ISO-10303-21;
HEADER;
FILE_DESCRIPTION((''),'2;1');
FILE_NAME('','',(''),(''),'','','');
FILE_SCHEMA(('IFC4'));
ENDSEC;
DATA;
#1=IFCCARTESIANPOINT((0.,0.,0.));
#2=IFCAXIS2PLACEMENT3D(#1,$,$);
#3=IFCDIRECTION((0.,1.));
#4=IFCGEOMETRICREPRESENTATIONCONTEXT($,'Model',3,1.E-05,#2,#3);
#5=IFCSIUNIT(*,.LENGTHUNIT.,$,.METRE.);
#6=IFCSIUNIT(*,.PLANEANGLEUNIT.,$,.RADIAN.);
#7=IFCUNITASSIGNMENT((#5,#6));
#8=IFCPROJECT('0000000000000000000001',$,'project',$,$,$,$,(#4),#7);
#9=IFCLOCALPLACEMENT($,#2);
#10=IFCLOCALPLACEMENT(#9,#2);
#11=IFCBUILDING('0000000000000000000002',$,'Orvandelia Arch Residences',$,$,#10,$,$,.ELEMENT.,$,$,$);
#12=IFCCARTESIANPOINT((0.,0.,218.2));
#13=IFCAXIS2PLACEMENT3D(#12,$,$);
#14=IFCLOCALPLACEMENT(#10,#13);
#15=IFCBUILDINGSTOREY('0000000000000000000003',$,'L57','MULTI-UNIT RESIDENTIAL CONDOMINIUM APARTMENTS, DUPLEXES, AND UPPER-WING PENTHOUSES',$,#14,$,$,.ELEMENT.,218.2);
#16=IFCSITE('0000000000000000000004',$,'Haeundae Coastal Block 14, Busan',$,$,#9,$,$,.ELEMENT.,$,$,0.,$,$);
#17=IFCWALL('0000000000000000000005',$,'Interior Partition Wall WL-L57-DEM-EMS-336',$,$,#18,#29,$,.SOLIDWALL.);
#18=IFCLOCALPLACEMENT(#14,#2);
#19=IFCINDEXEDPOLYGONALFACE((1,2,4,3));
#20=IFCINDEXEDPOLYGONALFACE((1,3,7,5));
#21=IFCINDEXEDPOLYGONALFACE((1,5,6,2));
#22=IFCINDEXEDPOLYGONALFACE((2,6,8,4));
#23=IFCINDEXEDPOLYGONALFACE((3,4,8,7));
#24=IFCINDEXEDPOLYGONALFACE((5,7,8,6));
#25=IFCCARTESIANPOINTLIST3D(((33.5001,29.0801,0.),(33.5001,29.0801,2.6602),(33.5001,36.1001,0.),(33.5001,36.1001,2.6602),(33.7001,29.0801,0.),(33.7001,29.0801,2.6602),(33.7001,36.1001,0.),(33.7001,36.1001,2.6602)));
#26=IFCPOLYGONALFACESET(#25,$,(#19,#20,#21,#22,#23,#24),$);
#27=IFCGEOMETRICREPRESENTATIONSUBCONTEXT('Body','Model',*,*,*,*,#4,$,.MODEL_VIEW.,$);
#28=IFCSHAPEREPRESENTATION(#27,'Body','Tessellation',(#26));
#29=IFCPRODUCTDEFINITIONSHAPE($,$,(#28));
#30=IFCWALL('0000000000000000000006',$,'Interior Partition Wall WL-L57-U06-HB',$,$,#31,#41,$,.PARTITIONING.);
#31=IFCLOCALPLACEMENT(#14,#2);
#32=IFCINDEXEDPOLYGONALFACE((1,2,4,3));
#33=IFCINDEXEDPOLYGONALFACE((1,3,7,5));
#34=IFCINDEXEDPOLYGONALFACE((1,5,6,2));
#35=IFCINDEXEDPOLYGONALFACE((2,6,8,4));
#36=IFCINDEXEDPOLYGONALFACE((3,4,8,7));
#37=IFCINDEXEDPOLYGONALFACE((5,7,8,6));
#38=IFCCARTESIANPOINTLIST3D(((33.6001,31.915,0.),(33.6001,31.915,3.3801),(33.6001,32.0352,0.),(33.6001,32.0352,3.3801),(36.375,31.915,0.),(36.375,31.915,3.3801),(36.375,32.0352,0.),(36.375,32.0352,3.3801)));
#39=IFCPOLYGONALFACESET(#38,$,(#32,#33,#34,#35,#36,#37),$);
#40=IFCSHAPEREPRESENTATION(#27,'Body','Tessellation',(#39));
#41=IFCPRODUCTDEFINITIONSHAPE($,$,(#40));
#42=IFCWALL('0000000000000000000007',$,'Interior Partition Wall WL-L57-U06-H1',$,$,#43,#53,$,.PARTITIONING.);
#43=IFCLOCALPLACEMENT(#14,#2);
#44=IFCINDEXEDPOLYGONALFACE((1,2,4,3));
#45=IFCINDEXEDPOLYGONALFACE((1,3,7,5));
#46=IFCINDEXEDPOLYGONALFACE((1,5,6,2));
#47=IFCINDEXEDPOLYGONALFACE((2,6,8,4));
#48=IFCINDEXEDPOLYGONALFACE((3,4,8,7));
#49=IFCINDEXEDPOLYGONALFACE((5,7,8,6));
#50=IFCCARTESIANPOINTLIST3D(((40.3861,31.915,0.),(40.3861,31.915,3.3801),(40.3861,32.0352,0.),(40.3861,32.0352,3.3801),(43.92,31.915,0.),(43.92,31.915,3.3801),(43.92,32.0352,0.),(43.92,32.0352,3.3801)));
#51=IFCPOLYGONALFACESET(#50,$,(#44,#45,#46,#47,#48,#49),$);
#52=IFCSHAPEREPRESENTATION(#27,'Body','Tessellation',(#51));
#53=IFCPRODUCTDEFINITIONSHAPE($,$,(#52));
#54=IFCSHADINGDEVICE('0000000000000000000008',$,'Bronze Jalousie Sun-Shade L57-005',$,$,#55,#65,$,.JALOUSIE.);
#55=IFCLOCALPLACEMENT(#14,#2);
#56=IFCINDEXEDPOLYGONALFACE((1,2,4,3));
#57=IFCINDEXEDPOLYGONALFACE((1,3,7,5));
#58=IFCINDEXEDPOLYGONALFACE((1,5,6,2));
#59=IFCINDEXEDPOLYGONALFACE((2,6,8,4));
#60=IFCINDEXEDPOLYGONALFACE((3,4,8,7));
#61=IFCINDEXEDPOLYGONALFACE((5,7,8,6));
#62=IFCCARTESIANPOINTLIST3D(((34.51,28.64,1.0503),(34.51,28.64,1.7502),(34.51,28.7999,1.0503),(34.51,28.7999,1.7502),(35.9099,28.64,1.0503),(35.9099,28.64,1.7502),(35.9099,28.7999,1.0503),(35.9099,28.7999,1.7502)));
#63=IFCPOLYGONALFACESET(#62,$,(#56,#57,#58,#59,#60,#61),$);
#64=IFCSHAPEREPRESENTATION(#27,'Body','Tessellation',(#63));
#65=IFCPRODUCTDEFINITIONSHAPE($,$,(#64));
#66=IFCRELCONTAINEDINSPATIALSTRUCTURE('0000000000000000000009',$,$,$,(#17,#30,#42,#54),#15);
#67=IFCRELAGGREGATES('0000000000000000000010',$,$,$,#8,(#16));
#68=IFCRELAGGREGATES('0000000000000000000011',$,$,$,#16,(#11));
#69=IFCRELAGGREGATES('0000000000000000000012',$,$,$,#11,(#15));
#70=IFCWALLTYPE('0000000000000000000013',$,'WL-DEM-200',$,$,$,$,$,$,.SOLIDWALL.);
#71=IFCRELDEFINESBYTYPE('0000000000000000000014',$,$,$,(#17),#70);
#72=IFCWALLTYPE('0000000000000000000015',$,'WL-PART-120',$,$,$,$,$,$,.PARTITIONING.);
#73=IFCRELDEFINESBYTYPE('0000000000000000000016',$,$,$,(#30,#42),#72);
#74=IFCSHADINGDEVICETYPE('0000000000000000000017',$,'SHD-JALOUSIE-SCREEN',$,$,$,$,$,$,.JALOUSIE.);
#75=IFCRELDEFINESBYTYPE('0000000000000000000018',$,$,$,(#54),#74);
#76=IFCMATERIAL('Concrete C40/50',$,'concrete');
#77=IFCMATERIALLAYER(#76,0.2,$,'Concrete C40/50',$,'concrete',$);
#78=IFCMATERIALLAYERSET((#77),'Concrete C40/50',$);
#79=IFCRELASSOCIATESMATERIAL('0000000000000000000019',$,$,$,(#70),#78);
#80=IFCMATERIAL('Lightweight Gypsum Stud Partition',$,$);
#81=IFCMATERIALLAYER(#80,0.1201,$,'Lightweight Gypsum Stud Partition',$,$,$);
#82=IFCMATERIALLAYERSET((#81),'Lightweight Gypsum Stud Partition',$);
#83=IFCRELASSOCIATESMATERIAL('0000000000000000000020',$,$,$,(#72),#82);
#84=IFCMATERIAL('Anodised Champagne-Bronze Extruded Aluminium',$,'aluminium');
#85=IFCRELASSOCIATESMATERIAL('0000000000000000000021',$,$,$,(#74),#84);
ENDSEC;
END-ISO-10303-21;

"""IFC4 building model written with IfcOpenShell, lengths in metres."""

from ifc_helpers import new_model, si_unit, direction, frame, frame_2d, origin, origin_2d, place, context, subcontext, project, spatial, rectangle, extrude, material, layer, layer_set, type_object, element, save


model = new_model("IFC4")

# Units and contexts
model_context = context("Model", 3, precision=1e-05, world=origin(), true_north=direction((0.0, 1.0)))
body_context = subcontext(model_context, "Body", "Model", "MODEL_VIEW")
ifc_project = project(units=[si_unit("LENGTHUNIT", "METRE"), si_unit("PLANEANGLEUNIT", "RADIAN")], contexts=[model_context])

# Site, building, storey
site_placement = place(None, origin())
site = spatial("IfcSite", under=ifc_project, at=site_placement, Name="Haeundae Coastal Block 14, Busan", CompositionType="ELEMENT", RefElevation=0.0)
building_placement = place(site_placement, origin())
building = spatial("IfcBuilding", under=site, at=building_placement, Name="Orvandelia Arch Residences", CompositionType="ELEMENT")
storey_placement = place(building_placement, frame((0.0, 0.0, 218.2)))
storey = spatial("IfcBuildingStorey", under=building, at=storey_placement, Name="L57", Description="MULTI-UNIT RESIDENTIAL CONDOMINIUM APARTMENTS, DUPLEXES, AND UPPER-WING PENTHOUSES", CompositionType="ELEMENT", Elevation=218.2)

# Wall
ifc_material_1 = material(Name="Concrete C40/50", Category="concrete")
ifc_layer_1 = layer(ifc_material_1, 0.2, Name="Concrete C40/50", Category="concrete")
ifc_layer_set_1 = layer_set([ifc_layer_1], Name="Concrete C40/50")
wall_type_1 = type_object("IfcWallType", Name="WL-DEM-200", PredefinedType="SOLIDWALL", material=ifc_layer_set_1)
wall_1_placement = place(storey_placement, frame((33.6001, 29.0801, 0.0), z_axis=(0.0, 0.0, 1.0), x_axis=(0.0, 1.0, 0.0)))
element("IfcWall", 1, at=wall_1_placement, inside=storey, type_object=wall_type_1, Name="Interior Partition Wall WL-L57-DEM-EMS-336", PredefinedType="SOLIDWALL", context=body_context, shape_type="SweptSolid", body=[
    extrude(rectangle(XDim=7.02, YDim=0.2, at=frame_2d((3.51, 0.0))), origin(), (0.0, 0.0, 1.0), 2.6602),
])

# Shared definitions
ifc_material_2 = material(Name="Lightweight Gypsum Stud Partition")
ifc_layer_2 = layer(ifc_material_2, 0.1201, Name="Lightweight Gypsum Stud Partition")
ifc_layer_set_2 = layer_set([ifc_layer_2], Name="Lightweight Gypsum Stud Partition")
wall_type_2 = type_object("IfcWallType", Name="WL-PART-120", PredefinedType="PARTITIONING", material=ifc_layer_set_2)

# Walls
wall_2_placement = place(storey_placement, frame((33.6001, 31.9751, 0.0), z_axis=(0.0, 0.0, 1.0), x_axis=(1.0, 0.0, 0.0)))
element("IfcWall", 2, at=wall_2_placement, inside=storey, type_object=wall_type_2, Name="Interior Partition Wall WL-L57-U06-HB", PredefinedType="PARTITIONING", context=body_context, shape_type="SweptSolid", body=[
    extrude(rectangle(XDim=2.7749, YDim=0.1201, at=frame_2d((1.3875, 0.0))), origin(), (0.0, 0.0, 1.0), 3.3801),
])
wall_3_placement = place(storey_placement, frame((40.386, 31.9751, 0.0), z_axis=(0.0, 0.0, 1.0), x_axis=(1.0, 0.0, 0.0)))
element("IfcWall", 3, at=wall_3_placement, inside=storey, type_object=wall_type_2, Name="Interior Partition Wall WL-L57-U06-H1", PredefinedType="PARTITIONING", context=body_context, shape_type="SweptSolid", body=[
    extrude(rectangle(XDim=3.5339, YDim=0.1201, at=frame_2d((1.7671, 0.0))), origin(), (0.0, 0.0, 1.0), 3.3801),
])

# Shading device
ifc_material_3 = material(Name="Anodised Champagne-Bronze Extruded Aluminium", Category="aluminium")
shading_device_type = type_object("IfcShadingDeviceType", Name="SHD-JALOUSIE-SCREEN", PredefinedType="JALOUSIE", material=ifc_material_3)
shading_device_placement = place(storey_placement, frame((35.21, 28.72, 1.0503), z_axis=(0.0, 0.0, 1.0), x_axis=(-1.0, 0.0, 0.0)))
element("IfcShadingDevice", 4, at=shading_device_placement, inside=storey, type_object=shading_device_type, Name="Bronze Jalousie Sun-Shade L57-005", PredefinedType="JALOUSIE", context=body_context, shape_type="SweptSolid", body=[
    extrude(rectangle(XDim=1.3999, YDim=0.1599, at=origin_2d()), origin(), (0.0, 0.0, 1.0), 0.7),
])

save(model, "model.ifc")
